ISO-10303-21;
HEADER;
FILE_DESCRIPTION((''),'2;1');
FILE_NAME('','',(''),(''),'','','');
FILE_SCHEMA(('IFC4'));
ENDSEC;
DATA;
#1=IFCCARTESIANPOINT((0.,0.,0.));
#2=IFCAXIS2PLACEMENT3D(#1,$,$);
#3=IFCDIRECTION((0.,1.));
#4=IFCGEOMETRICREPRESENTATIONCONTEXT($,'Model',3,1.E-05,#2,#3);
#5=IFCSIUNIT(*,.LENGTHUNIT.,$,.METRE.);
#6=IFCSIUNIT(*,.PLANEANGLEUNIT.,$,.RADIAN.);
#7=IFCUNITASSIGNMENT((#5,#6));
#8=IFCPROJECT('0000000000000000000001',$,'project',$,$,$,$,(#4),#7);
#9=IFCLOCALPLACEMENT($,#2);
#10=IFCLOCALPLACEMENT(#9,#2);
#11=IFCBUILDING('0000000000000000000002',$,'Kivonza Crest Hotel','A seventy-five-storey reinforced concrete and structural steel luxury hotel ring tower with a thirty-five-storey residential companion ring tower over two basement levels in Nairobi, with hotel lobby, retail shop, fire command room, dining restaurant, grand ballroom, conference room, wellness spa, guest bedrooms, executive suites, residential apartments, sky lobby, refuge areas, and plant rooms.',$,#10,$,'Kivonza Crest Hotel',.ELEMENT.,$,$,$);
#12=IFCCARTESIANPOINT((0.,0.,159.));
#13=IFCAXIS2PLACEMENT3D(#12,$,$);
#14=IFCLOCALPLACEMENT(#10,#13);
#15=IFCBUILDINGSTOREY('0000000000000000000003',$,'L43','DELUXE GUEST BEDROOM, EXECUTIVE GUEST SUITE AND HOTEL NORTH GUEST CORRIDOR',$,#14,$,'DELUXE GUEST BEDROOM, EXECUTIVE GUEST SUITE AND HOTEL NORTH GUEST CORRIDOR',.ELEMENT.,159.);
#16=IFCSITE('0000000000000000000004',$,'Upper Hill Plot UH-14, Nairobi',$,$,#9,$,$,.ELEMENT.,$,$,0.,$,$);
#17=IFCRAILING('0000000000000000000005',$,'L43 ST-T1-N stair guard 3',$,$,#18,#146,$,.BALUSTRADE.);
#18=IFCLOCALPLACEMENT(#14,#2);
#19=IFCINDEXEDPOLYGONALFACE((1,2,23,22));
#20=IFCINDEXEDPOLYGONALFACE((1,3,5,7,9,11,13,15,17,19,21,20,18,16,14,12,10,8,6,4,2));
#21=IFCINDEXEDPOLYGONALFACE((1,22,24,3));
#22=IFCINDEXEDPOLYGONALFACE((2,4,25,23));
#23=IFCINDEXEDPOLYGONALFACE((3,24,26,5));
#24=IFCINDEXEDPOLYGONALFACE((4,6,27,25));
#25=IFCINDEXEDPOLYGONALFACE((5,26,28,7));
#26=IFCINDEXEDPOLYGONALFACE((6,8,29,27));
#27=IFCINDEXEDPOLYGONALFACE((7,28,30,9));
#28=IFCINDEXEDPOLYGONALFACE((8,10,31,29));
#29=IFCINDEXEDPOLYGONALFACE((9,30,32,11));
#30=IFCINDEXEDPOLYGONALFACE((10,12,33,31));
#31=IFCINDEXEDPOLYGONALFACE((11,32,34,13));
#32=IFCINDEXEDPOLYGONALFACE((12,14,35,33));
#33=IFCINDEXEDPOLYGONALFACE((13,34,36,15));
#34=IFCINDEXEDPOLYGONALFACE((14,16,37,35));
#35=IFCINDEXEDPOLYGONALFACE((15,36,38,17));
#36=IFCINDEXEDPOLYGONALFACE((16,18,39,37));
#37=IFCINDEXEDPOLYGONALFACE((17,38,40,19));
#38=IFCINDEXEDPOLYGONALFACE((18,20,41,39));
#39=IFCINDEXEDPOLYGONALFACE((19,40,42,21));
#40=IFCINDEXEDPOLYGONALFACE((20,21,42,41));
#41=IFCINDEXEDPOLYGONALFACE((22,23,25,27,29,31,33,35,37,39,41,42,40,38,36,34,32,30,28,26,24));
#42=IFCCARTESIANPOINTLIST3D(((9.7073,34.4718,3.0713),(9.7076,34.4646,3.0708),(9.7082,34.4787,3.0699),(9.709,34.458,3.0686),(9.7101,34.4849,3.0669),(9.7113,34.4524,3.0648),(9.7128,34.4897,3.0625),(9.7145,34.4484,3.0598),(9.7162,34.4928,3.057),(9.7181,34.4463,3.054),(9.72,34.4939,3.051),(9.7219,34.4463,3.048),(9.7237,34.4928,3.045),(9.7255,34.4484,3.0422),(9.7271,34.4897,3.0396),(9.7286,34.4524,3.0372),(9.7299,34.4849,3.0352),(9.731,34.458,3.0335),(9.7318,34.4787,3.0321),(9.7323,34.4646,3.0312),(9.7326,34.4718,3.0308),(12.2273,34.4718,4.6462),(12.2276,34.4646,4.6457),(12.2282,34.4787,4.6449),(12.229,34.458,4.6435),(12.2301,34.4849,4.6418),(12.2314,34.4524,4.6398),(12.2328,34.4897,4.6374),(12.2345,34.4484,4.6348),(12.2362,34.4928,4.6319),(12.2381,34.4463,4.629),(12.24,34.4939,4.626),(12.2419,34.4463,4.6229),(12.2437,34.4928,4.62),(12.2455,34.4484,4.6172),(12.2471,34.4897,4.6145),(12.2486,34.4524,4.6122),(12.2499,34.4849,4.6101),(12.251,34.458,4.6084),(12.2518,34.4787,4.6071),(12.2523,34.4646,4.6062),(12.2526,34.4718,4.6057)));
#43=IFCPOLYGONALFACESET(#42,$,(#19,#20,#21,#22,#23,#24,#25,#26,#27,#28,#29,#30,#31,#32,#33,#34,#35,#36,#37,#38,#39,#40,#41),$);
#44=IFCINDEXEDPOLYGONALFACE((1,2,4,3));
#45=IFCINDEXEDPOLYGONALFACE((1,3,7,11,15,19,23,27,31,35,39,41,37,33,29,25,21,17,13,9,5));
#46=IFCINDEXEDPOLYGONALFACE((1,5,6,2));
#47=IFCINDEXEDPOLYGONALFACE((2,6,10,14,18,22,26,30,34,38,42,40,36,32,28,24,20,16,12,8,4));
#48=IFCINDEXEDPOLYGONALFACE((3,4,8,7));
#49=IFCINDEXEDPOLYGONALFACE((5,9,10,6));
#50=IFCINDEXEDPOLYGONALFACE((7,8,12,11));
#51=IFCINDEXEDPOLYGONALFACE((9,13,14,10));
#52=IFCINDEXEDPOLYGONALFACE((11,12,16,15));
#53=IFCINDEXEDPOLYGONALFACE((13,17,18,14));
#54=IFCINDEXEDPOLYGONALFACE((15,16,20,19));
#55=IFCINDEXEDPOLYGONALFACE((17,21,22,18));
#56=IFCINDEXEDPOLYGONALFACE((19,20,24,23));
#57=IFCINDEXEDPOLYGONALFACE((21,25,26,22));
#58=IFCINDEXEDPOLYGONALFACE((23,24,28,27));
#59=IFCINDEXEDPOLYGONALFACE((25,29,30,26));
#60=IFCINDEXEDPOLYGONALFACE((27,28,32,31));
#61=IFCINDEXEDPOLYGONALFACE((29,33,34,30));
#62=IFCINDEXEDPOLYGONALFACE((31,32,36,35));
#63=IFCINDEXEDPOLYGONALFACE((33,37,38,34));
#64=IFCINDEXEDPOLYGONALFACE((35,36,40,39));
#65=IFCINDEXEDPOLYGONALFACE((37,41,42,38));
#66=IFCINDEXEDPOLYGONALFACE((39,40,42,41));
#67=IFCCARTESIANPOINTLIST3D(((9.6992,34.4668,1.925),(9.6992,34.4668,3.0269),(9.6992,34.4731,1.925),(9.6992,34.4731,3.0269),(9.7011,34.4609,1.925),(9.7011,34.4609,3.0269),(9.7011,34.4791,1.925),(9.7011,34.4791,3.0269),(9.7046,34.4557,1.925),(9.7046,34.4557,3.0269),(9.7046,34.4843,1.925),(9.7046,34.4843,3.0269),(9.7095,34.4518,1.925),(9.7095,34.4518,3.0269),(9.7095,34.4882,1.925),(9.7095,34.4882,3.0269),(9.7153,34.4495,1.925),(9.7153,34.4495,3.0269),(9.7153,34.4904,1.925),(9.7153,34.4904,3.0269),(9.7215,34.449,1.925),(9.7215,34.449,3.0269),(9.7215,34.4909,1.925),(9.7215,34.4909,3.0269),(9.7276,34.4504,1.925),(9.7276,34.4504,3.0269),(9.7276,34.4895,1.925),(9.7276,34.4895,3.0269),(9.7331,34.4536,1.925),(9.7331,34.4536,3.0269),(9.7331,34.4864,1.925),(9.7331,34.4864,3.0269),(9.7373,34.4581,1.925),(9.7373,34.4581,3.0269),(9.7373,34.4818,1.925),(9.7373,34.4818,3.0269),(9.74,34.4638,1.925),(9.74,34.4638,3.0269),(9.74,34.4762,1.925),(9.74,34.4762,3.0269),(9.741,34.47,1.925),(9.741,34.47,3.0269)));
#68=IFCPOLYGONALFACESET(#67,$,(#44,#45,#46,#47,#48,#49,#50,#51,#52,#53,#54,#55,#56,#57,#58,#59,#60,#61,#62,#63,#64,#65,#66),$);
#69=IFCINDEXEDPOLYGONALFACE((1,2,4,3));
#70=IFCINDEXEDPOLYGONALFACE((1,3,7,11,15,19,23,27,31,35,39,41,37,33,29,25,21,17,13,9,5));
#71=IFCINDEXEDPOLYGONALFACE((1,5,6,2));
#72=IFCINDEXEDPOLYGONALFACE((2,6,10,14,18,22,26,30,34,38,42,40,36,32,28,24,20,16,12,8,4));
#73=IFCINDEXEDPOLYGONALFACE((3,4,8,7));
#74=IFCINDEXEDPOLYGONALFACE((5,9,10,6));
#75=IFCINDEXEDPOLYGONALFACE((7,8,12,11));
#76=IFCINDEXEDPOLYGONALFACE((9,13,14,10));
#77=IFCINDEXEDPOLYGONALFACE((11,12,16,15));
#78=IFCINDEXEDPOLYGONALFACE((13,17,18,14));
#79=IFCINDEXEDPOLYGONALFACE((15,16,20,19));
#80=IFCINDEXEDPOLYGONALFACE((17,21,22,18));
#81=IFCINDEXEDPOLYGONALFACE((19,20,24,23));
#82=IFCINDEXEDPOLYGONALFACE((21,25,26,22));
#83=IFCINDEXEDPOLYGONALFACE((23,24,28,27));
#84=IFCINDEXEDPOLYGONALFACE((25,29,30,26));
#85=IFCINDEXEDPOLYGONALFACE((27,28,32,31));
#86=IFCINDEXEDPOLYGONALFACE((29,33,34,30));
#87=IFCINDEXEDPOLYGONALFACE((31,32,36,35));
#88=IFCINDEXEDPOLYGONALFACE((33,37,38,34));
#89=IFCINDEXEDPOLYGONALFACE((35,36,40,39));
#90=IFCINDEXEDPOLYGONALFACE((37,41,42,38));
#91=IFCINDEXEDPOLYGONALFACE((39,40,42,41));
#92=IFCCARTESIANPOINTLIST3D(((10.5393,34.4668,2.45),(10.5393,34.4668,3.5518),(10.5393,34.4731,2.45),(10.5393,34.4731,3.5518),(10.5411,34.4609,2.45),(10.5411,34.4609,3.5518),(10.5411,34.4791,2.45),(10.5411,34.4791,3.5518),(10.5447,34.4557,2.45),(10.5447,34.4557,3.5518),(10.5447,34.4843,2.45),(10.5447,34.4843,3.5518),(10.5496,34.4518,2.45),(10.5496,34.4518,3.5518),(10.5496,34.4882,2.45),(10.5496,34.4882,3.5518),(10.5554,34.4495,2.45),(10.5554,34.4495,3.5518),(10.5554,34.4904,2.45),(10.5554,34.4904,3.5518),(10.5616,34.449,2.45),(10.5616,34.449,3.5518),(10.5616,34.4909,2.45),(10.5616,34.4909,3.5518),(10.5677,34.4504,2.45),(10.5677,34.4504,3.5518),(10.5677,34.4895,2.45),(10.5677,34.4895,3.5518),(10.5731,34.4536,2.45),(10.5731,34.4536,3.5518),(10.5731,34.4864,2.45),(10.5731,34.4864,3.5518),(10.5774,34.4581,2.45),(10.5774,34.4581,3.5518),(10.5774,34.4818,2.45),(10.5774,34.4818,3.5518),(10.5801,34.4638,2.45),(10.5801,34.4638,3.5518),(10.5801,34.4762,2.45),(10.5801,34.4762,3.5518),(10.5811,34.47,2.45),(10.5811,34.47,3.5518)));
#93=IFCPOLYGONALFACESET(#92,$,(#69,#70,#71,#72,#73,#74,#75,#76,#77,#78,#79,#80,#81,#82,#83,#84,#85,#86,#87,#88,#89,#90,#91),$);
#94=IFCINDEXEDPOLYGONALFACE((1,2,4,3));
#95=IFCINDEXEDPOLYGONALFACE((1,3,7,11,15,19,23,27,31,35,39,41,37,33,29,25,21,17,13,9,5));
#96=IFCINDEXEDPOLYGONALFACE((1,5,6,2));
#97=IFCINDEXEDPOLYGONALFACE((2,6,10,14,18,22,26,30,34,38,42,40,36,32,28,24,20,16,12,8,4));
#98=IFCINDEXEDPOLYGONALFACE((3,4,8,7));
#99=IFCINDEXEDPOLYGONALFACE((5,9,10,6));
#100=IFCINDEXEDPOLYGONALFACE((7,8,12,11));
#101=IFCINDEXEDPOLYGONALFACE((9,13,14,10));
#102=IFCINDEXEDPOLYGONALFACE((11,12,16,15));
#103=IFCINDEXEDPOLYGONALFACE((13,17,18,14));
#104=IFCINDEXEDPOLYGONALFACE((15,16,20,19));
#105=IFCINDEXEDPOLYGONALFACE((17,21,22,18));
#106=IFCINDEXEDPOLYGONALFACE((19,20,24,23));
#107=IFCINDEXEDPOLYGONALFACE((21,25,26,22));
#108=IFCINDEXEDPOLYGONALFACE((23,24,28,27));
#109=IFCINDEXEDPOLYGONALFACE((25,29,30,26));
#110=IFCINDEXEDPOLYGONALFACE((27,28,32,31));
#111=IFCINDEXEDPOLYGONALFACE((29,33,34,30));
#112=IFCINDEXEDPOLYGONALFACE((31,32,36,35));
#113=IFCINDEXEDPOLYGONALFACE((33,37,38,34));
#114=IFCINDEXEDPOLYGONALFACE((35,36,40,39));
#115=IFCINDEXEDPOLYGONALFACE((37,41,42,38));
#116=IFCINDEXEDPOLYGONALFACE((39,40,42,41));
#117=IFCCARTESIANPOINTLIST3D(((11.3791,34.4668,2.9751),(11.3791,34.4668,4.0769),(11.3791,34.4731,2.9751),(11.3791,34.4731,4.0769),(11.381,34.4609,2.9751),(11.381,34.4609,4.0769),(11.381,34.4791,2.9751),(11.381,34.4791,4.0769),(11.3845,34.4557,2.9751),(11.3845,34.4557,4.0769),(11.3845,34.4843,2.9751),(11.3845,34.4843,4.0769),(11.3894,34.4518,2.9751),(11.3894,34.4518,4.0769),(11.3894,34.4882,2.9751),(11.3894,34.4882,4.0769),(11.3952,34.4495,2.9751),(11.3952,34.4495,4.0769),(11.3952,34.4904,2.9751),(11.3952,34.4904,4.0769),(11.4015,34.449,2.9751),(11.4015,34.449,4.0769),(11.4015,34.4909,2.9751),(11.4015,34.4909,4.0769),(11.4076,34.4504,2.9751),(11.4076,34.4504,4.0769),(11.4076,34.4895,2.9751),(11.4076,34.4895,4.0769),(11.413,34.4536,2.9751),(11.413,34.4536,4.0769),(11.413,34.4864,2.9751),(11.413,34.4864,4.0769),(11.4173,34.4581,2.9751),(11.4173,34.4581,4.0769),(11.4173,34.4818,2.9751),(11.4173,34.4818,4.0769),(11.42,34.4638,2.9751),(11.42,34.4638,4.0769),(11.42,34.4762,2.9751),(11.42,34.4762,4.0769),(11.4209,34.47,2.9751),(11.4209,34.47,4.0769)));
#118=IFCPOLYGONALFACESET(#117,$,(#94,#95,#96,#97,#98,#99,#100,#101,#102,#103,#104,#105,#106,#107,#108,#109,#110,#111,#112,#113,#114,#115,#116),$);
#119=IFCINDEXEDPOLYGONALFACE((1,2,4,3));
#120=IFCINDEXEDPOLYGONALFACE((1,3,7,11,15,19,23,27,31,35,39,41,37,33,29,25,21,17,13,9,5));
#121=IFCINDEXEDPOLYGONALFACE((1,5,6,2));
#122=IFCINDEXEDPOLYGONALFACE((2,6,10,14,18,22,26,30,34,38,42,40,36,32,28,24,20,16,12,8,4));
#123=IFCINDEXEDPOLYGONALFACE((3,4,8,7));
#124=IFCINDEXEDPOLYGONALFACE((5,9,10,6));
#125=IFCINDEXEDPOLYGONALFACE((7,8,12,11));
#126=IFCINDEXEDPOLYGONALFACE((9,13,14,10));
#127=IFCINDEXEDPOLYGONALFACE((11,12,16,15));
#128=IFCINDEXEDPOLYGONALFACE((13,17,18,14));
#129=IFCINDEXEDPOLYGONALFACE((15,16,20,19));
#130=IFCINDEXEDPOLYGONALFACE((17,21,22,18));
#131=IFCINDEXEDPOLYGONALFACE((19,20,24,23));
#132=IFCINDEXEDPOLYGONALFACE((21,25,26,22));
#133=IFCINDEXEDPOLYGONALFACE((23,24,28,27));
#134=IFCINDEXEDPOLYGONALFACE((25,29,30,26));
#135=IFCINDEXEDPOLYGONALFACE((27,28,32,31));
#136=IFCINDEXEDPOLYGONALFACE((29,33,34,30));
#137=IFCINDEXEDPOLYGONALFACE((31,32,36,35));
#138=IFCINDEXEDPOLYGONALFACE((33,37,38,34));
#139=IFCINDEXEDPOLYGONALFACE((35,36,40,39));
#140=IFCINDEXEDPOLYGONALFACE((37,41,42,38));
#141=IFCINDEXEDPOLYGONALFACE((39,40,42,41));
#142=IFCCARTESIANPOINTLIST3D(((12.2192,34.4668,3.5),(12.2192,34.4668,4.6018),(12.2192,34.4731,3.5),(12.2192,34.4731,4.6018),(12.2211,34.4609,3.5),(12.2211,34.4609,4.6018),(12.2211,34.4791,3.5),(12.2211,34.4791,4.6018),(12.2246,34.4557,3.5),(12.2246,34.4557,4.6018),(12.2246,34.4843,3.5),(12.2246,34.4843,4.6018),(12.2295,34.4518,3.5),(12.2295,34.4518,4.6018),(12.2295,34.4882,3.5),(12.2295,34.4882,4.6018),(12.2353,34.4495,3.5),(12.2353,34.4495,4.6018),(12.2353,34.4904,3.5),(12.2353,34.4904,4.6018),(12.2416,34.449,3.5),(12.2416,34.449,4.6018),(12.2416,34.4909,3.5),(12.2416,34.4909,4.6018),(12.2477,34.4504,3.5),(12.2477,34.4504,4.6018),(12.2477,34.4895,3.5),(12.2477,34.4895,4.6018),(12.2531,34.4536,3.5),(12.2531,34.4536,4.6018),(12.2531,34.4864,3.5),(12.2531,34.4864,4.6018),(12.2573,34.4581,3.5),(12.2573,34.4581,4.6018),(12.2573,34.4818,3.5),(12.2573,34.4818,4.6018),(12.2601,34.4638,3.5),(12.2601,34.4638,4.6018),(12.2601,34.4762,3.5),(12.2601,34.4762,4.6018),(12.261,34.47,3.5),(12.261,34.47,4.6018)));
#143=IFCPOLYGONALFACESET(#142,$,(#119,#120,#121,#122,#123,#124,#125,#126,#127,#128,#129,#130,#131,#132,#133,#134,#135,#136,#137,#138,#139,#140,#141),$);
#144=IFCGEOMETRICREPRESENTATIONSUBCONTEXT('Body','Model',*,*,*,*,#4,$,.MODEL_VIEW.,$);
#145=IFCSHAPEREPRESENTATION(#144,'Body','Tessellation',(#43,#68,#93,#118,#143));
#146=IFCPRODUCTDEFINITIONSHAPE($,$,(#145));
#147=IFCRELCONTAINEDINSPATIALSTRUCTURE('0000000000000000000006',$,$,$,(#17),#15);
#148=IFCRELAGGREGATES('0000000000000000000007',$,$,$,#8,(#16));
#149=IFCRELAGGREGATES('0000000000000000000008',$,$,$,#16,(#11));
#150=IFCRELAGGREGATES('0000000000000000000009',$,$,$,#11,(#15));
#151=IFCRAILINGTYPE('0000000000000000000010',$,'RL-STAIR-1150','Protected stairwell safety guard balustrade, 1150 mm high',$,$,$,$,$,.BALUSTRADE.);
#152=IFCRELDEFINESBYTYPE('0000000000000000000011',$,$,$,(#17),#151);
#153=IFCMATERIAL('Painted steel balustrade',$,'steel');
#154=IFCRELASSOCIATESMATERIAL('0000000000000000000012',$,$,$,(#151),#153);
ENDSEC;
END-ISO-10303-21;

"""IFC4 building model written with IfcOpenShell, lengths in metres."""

from ifc_helpers import new_model, si_unit, direction, frame, origin, origin_2d, place, context, subcontext, project, spatial, circle, extrude, material, type_object, element, save


model = new_model("IFC4")

# Units and contexts
model_context = context("Model", 3, precision=1e-05, world=origin(), true_north=direction((0.0, 1.0)))
body_context = subcontext(model_context, "Body", "Model", "MODEL_VIEW")
ifc_project = project(units=[si_unit("LENGTHUNIT", "METRE"), si_unit("PLANEANGLEUNIT", "RADIAN")], contexts=[model_context])

# Site, building, storey
site_placement = place(None, origin())
site = spatial("IfcSite", under=ifc_project, at=site_placement, Name="Upper Hill Plot UH-14, Nairobi", CompositionType="ELEMENT", RefElevation=0.0)
building_placement = place(site_placement, origin())
building = spatial("IfcBuilding", under=site, at=building_placement, Name="Kivonza Crest Hotel", Description="A seventy-five-storey reinforced concrete and structural steel luxury hotel ring tower with a thirty-five-storey residential companion ring tower over two basement levels in Nairobi, with hotel lobby, retail shop, fire command room, dining restaurant, grand ballroom, conference room, wellness spa, guest bedrooms, executive suites, residential apartments, sky lobby, refuge areas, and plant rooms.", LongName="Kivonza Crest Hotel", CompositionType="ELEMENT")
storey_placement = place(building_placement, frame((0.0, 0.0, 159.0)))
storey = spatial("IfcBuildingStorey", under=building, at=storey_placement, Name="L43", Description="DELUXE GUEST BEDROOM, EXECUTIVE GUEST SUITE AND HOTEL NORTH GUEST CORRIDOR", LongName="DELUXE GUEST BEDROOM, EXECUTIVE GUEST SUITE AND HOTEL NORTH GUEST CORRIDOR", CompositionType="ELEMENT", Elevation=159.0)

# Railing
ifc_material_1 = material(Name="Painted steel balustrade", Category="steel")
railing_type_1 = type_object("IfcRailingType", Name="RL-STAIR-1150", Description="Protected stairwell safety guard balustrade, 1150 mm high", PredefinedType="BALUSTRADE", material=ifc_material_1)
railing_1_placement = place(storey_placement, frame((9.72, 34.47, 1.925)))
element("IfcRailing", 1, at=railing_1_placement, inside=storey, type_object=railing_type_1, Name="L43 ST-T1-N stair guard 3", PredefinedType="BALUSTRADE", context=body_context, shape_type="SweptSolid", body=[
    extrude(circle(Radius=0.0239, at=origin_2d()), frame((0.0, 0.0, 1.126), z_axis=(0.848008, 0.0, 0.529984), x_axis=(0.0, 1.0, 0.0)), (0.0, 0.0, 1.0), 2.9717),
    extrude(circle(Radius=0.021, at=origin_2d()), origin(), (0.0, 0.0, 1.0), 1.1018),
    extrude(circle(Radius=0.021, at=origin_2d()), frame((0.8401, 0.0, 0.5249)), (0.0, 0.0, 1.0), 1.1018),
    extrude(circle(Radius=0.021, at=origin_2d()), frame((1.6799, 0.0, 1.05)), (0.0, 0.0, 1.0), 1.1018),
    extrude(circle(Radius=0.021, at=origin_2d()), frame((2.52, 0.0, 1.575)), (0.0, 0.0, 1.0), 1.1018),
])

save(model, "model.ifc")
